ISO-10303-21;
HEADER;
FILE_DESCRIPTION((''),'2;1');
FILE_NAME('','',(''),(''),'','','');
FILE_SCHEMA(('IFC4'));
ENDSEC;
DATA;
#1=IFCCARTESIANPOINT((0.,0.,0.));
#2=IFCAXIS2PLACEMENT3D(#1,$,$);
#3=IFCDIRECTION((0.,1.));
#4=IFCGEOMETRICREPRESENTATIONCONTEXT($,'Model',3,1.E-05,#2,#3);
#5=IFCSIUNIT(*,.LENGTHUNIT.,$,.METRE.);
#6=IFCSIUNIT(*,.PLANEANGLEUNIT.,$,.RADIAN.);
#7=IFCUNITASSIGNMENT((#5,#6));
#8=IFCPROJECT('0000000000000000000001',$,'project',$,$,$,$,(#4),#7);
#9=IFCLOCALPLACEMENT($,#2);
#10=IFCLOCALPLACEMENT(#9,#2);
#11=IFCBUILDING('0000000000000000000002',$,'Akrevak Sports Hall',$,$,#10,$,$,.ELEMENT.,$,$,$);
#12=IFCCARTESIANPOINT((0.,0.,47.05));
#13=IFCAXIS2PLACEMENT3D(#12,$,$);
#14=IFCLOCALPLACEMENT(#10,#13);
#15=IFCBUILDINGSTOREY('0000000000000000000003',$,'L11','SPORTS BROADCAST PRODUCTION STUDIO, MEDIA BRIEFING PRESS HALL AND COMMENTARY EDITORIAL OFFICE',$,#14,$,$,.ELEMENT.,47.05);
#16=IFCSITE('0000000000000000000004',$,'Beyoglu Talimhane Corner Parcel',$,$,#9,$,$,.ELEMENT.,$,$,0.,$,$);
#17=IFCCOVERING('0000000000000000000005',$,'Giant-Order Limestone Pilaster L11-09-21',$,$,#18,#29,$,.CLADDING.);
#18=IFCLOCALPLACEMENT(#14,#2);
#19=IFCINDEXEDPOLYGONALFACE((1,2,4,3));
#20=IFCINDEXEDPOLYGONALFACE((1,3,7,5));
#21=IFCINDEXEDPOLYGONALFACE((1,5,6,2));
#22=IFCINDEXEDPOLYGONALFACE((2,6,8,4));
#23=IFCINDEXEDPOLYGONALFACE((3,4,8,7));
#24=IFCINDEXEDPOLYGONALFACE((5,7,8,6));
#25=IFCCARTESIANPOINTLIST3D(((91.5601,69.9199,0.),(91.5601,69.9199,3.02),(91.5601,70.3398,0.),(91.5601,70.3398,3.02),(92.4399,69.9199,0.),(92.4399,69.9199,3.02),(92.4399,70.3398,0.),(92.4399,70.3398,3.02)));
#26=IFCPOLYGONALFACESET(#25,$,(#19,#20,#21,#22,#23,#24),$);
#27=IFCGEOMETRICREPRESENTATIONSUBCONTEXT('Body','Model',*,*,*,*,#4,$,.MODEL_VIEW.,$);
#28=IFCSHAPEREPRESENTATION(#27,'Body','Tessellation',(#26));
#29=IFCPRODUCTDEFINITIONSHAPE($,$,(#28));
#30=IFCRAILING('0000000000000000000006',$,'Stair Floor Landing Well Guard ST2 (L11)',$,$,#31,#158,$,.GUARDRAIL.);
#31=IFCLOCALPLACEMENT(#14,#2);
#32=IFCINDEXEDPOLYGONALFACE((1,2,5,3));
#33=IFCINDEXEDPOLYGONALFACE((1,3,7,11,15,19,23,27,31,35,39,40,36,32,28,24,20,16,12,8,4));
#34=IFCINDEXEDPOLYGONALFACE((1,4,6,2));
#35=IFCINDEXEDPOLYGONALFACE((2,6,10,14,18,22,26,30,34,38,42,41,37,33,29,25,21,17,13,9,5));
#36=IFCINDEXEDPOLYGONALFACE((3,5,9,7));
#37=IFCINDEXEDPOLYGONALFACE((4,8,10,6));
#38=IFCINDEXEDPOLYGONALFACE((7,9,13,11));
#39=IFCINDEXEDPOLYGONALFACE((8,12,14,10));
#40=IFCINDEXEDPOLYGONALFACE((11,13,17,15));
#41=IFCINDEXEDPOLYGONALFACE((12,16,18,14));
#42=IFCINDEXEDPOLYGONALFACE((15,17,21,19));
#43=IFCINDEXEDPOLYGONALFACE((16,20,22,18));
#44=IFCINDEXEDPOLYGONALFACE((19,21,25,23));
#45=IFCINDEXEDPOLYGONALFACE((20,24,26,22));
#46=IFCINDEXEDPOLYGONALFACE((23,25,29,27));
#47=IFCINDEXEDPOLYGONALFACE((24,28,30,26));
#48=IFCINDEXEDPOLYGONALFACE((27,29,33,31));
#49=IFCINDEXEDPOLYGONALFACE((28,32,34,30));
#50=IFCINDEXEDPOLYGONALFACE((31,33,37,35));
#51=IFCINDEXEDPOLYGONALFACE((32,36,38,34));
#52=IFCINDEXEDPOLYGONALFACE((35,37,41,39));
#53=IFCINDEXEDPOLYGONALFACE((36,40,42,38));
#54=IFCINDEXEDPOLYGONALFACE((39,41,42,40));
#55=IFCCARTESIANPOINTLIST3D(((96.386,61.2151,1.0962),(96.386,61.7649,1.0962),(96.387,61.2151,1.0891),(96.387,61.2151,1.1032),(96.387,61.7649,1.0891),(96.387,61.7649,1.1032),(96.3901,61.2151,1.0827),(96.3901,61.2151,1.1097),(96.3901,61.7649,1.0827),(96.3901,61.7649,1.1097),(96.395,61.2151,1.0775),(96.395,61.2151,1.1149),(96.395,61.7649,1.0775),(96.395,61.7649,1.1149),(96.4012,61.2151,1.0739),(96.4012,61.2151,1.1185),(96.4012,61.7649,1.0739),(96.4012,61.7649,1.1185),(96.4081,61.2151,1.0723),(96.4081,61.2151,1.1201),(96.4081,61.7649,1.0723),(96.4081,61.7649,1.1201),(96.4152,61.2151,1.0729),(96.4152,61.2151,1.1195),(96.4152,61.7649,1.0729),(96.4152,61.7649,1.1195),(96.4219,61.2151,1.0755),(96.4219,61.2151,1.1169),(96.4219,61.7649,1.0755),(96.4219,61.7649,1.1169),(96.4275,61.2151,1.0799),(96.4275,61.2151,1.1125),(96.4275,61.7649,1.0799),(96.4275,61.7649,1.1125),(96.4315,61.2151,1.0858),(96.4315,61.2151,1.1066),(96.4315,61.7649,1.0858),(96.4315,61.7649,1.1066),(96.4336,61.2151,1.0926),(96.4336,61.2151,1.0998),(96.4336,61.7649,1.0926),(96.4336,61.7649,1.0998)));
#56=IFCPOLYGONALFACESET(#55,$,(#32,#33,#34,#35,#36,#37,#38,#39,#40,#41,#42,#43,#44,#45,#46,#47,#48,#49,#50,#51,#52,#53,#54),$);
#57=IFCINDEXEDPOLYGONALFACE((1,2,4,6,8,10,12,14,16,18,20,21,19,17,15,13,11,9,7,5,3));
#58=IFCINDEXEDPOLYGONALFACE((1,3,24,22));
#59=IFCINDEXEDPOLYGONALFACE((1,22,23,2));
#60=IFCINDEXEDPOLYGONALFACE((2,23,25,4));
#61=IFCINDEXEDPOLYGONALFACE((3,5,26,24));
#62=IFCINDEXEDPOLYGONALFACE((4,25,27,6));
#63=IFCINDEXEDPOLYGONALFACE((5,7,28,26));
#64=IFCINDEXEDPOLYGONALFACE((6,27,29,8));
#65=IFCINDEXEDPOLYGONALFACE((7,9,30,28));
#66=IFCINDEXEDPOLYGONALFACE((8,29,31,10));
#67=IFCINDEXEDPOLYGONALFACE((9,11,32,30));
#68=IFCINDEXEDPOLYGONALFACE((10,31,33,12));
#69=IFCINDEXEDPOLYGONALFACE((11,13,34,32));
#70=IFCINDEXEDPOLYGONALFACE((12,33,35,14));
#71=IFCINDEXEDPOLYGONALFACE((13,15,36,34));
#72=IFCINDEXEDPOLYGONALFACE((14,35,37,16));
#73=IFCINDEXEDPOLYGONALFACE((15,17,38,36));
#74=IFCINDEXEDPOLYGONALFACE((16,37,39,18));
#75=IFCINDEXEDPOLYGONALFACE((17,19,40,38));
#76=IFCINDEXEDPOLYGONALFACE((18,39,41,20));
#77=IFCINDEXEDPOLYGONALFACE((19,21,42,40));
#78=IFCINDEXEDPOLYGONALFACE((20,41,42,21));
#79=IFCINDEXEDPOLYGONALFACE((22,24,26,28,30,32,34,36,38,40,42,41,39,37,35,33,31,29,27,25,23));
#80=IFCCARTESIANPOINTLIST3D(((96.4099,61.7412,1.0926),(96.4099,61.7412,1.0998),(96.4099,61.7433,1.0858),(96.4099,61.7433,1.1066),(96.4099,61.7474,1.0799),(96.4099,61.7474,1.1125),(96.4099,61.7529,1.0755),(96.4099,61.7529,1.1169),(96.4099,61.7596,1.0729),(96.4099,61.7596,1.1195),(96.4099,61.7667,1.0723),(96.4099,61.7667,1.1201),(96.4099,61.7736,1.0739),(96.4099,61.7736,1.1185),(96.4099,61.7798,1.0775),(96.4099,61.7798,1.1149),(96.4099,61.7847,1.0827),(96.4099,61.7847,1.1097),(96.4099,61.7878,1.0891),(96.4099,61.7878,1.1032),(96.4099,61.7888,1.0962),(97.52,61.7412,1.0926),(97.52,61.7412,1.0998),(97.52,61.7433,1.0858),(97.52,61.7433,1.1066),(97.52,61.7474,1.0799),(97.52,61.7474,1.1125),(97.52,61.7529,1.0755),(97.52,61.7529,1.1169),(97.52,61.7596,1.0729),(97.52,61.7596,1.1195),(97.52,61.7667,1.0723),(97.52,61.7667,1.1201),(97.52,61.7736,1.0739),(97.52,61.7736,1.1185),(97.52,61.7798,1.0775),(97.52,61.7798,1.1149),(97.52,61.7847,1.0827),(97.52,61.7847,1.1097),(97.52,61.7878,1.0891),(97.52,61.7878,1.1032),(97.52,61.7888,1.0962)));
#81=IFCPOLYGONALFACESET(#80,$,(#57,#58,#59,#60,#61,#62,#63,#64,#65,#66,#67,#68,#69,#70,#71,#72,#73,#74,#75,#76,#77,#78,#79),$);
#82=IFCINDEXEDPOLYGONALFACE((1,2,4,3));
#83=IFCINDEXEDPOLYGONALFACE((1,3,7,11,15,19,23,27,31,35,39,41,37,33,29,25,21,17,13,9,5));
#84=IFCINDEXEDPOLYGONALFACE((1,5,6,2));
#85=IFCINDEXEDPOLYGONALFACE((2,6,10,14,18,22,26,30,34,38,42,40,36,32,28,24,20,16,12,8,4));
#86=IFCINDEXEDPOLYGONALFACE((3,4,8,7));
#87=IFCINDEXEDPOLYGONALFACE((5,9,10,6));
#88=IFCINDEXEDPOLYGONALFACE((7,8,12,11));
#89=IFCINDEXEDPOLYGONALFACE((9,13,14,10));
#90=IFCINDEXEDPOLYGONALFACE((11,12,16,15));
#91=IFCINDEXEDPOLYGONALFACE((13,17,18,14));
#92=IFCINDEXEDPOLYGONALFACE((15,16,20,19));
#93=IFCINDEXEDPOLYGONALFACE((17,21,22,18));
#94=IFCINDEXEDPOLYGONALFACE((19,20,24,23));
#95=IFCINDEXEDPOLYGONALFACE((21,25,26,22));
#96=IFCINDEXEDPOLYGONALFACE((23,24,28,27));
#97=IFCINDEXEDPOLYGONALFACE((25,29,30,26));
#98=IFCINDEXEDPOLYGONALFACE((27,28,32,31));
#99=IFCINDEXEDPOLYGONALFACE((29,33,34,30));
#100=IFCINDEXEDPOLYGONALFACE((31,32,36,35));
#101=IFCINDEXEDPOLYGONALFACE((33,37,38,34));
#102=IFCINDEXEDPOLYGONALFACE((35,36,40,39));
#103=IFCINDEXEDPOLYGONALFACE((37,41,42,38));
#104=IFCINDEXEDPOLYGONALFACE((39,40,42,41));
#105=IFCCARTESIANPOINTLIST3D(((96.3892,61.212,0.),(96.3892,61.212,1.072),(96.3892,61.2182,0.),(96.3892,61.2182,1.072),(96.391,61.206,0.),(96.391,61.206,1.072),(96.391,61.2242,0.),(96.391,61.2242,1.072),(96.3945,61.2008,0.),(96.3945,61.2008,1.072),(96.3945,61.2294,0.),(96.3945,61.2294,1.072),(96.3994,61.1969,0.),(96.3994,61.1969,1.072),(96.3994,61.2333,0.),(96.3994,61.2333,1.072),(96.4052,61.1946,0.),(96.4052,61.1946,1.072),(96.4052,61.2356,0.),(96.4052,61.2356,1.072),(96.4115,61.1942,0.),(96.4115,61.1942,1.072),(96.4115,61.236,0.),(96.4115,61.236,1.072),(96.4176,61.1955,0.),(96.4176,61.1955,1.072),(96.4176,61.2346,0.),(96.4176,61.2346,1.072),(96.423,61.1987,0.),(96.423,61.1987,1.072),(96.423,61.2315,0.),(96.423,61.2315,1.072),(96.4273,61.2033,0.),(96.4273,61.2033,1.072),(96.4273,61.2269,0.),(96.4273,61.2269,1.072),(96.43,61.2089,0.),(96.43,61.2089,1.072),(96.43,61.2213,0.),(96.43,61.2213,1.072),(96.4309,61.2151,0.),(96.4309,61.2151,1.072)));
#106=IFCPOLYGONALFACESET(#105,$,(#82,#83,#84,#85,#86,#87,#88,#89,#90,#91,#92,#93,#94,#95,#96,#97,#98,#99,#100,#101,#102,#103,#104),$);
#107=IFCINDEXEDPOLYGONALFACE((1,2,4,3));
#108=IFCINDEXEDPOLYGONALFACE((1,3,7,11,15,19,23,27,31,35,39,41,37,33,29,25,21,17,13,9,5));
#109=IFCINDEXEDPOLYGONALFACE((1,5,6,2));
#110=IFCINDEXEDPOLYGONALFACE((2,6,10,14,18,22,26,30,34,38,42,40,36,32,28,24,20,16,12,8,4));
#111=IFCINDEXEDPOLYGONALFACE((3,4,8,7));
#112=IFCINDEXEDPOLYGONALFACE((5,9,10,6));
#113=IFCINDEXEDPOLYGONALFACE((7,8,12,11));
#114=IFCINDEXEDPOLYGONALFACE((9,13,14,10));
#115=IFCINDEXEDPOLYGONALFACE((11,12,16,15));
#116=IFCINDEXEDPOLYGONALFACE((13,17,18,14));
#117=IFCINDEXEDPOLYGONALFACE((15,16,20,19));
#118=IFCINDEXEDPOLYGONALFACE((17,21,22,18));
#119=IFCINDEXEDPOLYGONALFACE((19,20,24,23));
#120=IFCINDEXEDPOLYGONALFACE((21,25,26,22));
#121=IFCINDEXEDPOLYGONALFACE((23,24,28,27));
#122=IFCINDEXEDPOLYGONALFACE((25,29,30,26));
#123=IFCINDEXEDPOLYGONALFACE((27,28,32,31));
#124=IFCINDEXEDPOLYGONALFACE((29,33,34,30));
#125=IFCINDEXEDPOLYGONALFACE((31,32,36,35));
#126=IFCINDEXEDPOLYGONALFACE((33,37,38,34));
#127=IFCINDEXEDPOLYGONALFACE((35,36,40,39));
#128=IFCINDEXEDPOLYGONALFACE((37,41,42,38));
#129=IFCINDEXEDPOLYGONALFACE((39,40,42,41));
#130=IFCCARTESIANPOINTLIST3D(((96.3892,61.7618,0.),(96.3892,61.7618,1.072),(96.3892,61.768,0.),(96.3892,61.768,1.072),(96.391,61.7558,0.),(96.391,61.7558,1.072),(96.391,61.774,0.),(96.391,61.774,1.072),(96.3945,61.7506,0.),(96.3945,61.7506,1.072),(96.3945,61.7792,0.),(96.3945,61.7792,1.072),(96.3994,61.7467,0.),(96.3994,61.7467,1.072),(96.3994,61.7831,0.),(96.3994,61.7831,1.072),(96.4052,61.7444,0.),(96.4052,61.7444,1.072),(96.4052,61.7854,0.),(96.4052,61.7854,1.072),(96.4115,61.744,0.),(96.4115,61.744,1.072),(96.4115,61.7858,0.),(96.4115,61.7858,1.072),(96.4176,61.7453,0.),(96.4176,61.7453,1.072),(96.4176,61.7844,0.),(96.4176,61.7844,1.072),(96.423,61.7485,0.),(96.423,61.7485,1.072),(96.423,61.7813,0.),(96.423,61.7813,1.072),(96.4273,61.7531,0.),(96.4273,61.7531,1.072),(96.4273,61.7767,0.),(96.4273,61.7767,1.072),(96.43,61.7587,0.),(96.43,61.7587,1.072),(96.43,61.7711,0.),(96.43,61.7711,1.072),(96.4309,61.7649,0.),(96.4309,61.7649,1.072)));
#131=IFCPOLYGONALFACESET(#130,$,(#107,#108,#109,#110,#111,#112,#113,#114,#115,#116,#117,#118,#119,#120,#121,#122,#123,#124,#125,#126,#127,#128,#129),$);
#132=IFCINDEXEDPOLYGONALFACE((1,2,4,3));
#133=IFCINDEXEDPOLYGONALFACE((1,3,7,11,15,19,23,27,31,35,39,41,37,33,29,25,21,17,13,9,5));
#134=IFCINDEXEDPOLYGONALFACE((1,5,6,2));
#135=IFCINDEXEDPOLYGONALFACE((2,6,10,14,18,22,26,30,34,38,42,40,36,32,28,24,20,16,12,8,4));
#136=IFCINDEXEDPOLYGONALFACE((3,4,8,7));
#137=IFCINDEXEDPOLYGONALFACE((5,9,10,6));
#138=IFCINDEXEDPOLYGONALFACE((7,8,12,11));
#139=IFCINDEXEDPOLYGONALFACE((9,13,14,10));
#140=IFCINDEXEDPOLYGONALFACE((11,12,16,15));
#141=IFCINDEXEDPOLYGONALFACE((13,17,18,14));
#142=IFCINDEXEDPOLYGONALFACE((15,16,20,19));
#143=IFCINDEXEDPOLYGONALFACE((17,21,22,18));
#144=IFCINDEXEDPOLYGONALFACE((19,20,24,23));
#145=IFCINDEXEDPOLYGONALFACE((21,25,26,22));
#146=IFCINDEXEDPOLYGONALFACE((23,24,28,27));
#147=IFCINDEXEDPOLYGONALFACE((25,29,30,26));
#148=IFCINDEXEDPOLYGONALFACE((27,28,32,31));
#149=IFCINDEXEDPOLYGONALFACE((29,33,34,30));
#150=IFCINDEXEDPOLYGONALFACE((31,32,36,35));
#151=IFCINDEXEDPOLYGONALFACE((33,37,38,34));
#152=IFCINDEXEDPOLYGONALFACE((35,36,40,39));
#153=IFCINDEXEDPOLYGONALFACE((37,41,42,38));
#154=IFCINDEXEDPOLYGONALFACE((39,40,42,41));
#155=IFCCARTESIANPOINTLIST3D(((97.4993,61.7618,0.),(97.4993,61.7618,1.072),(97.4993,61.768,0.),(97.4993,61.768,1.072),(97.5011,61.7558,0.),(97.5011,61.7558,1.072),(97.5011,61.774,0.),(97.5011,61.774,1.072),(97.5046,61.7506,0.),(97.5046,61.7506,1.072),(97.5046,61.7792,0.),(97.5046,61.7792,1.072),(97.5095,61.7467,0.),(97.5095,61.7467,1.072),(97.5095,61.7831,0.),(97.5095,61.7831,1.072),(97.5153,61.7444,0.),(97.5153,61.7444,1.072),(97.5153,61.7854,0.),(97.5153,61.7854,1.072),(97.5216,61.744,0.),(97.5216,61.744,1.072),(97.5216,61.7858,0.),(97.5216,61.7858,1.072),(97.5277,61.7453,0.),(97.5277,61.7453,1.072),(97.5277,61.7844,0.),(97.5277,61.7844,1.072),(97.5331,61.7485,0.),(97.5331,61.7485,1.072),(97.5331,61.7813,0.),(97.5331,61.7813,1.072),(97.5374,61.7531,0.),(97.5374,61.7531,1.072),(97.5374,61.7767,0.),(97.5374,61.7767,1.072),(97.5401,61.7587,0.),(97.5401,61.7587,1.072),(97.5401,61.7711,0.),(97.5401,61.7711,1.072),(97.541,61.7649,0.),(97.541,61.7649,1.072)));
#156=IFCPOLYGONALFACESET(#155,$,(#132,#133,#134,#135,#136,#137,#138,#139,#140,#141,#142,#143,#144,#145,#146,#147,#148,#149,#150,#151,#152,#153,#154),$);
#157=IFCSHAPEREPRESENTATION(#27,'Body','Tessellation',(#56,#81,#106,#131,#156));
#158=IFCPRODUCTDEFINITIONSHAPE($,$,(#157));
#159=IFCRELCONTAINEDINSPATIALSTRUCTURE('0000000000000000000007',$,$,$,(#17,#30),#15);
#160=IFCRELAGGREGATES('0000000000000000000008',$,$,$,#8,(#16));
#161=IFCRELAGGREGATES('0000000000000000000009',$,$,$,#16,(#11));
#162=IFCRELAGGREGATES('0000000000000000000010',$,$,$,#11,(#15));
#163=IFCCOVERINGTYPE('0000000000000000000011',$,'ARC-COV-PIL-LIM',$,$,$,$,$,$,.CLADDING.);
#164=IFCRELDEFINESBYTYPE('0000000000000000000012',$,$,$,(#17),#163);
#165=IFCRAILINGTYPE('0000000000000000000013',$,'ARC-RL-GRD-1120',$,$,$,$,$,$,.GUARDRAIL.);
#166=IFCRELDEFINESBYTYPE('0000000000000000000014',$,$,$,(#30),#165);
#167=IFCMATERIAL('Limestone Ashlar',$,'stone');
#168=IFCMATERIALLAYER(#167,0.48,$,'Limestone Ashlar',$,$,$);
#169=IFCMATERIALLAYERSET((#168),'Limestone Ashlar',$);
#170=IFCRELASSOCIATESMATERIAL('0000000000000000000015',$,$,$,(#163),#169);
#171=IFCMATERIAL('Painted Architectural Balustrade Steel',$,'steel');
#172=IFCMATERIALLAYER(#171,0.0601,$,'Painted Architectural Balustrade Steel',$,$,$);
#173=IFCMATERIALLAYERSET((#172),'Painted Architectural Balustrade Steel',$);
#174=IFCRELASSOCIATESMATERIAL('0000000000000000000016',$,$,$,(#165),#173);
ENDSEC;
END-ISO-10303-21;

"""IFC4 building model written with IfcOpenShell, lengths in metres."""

from ifc_helpers import new_model, si_unit, direction, frame, origin, origin_2d, place, context, subcontext, project, spatial, rectangle, circle, extrude, material, layer, layer_set, type_object, element, save


model = new_model("IFC4")

# Units and contexts
model_context = context("Model", 3, precision=1e-05, world=origin(), true_north=direction((0.0, 1.0)))
body_context = subcontext(model_context, "Body", "Model", "MODEL_VIEW")
ifc_project = project(units=[si_unit("LENGTHUNIT", "METRE"), si_unit("PLANEANGLEUNIT", "RADIAN")], contexts=[model_context])

# Site, building, storey
site_placement = place(None, origin())
site = spatial("IfcSite", under=ifc_project, at=site_placement, Name="Beyoglu Talimhane Corner Parcel", CompositionType="ELEMENT", RefElevation=0.0)
building_placement = place(site_placement, origin())
building = spatial("IfcBuilding", under=site, at=building_placement, Name="Akrevak Sports Hall", CompositionType="ELEMENT")
storey_placement = place(building_placement, frame((0.0, 0.0, 47.05)))
storey = spatial("IfcBuildingStorey", under=building, at=storey_placement, Name="L11", Description="SPORTS BROADCAST PRODUCTION STUDIO, MEDIA BRIEFING PRESS HALL AND COMMENTARY EDITORIAL OFFICE", CompositionType="ELEMENT", Elevation=47.05)

# Covering
ifc_material_1 = material(Name="Limestone Ashlar", Category="stone")
ifc_layer_1 = layer(ifc_material_1, 0.48, Name="Limestone Ashlar")
ifc_layer_set_1 = layer_set([ifc_layer_1], Name="Limestone Ashlar")
covering_type = type_object("IfcCoveringType", Name="ARC-COV-PIL-LIM", PredefinedType="CLADDING", material=ifc_layer_set_1)
covering_placement = place(storey_placement, frame((92.0, 70.1299, 0.0), z_axis=(0.0, 0.0, 1.0), x_axis=(-1.0, 0.0, 0.0)))
element("IfcCovering", 1, at=covering_placement, inside=storey, type_object=covering_type, Name="Giant-Order Limestone Pilaster L11-09-21", PredefinedType="CLADDING", context=body_context, shape_type="SweptSolid", body=[
    extrude(rectangle(XDim=0.8799, YDim=0.4199, at=origin_2d()), origin(), (0.0, 0.0, 1.0), 3.02),
])

# Railing
ifc_material_2 = material(Name="Painted Architectural Balustrade Steel", Category="steel")
ifc_layer_2 = layer(ifc_material_2, 0.0601, Name="Painted Architectural Balustrade Steel")
ifc_layer_set_2 = layer_set([ifc_layer_2], Name="Painted Architectural Balustrade Steel")
railing_type_1 = type_object("IfcRailingType", Name="ARC-RL-GRD-1120", PredefinedType="GUARDRAIL", material=ifc_layer_set_2)
railing_1_placement = place(storey_placement, frame((96.4099, 61.2151, 0.0)))
element("IfcRailing", 2, at=railing_1_placement, inside=storey, type_object=railing_type_1, Name="Stair Floor Landing Well Guard ST2 (L11)", PredefinedType="GUARDRAIL", context=body_context, shape_type="SweptSolid", body=[
    extrude(circle(Radius=0.0239, at=origin_2d()), frame((0.0, 0.0, 1.0962), z_axis=(0.0, 1.0, 0.0), x_axis=(-1.0, 0.0, 0.0)), (0.0, 0.0, 1.0), 0.5498),
    extrude(circle(Radius=0.0239, at=origin_2d()), frame((0.0, 0.5498, 1.0962), z_axis=(1.0, 0.0, 0.0), x_axis=(0.0, 1.0, 0.0)), (0.0, 0.0, 1.0), 1.1101),
    extrude(circle(Radius=0.021, at=origin_2d()), origin(), (0.0, 0.0, 1.0), 1.072),
    extrude(circle(Radius=0.021, at=origin_2d()), frame((0.0, 0.5498, 0.0)), (0.0, 0.0, 1.0), 1.072),
    extrude(circle(Radius=0.021, at=origin_2d()), frame((1.1101, 0.5498, 0.0)), (0.0, 0.0, 1.0), 1.072),
])

save(model, "model.ifc")
